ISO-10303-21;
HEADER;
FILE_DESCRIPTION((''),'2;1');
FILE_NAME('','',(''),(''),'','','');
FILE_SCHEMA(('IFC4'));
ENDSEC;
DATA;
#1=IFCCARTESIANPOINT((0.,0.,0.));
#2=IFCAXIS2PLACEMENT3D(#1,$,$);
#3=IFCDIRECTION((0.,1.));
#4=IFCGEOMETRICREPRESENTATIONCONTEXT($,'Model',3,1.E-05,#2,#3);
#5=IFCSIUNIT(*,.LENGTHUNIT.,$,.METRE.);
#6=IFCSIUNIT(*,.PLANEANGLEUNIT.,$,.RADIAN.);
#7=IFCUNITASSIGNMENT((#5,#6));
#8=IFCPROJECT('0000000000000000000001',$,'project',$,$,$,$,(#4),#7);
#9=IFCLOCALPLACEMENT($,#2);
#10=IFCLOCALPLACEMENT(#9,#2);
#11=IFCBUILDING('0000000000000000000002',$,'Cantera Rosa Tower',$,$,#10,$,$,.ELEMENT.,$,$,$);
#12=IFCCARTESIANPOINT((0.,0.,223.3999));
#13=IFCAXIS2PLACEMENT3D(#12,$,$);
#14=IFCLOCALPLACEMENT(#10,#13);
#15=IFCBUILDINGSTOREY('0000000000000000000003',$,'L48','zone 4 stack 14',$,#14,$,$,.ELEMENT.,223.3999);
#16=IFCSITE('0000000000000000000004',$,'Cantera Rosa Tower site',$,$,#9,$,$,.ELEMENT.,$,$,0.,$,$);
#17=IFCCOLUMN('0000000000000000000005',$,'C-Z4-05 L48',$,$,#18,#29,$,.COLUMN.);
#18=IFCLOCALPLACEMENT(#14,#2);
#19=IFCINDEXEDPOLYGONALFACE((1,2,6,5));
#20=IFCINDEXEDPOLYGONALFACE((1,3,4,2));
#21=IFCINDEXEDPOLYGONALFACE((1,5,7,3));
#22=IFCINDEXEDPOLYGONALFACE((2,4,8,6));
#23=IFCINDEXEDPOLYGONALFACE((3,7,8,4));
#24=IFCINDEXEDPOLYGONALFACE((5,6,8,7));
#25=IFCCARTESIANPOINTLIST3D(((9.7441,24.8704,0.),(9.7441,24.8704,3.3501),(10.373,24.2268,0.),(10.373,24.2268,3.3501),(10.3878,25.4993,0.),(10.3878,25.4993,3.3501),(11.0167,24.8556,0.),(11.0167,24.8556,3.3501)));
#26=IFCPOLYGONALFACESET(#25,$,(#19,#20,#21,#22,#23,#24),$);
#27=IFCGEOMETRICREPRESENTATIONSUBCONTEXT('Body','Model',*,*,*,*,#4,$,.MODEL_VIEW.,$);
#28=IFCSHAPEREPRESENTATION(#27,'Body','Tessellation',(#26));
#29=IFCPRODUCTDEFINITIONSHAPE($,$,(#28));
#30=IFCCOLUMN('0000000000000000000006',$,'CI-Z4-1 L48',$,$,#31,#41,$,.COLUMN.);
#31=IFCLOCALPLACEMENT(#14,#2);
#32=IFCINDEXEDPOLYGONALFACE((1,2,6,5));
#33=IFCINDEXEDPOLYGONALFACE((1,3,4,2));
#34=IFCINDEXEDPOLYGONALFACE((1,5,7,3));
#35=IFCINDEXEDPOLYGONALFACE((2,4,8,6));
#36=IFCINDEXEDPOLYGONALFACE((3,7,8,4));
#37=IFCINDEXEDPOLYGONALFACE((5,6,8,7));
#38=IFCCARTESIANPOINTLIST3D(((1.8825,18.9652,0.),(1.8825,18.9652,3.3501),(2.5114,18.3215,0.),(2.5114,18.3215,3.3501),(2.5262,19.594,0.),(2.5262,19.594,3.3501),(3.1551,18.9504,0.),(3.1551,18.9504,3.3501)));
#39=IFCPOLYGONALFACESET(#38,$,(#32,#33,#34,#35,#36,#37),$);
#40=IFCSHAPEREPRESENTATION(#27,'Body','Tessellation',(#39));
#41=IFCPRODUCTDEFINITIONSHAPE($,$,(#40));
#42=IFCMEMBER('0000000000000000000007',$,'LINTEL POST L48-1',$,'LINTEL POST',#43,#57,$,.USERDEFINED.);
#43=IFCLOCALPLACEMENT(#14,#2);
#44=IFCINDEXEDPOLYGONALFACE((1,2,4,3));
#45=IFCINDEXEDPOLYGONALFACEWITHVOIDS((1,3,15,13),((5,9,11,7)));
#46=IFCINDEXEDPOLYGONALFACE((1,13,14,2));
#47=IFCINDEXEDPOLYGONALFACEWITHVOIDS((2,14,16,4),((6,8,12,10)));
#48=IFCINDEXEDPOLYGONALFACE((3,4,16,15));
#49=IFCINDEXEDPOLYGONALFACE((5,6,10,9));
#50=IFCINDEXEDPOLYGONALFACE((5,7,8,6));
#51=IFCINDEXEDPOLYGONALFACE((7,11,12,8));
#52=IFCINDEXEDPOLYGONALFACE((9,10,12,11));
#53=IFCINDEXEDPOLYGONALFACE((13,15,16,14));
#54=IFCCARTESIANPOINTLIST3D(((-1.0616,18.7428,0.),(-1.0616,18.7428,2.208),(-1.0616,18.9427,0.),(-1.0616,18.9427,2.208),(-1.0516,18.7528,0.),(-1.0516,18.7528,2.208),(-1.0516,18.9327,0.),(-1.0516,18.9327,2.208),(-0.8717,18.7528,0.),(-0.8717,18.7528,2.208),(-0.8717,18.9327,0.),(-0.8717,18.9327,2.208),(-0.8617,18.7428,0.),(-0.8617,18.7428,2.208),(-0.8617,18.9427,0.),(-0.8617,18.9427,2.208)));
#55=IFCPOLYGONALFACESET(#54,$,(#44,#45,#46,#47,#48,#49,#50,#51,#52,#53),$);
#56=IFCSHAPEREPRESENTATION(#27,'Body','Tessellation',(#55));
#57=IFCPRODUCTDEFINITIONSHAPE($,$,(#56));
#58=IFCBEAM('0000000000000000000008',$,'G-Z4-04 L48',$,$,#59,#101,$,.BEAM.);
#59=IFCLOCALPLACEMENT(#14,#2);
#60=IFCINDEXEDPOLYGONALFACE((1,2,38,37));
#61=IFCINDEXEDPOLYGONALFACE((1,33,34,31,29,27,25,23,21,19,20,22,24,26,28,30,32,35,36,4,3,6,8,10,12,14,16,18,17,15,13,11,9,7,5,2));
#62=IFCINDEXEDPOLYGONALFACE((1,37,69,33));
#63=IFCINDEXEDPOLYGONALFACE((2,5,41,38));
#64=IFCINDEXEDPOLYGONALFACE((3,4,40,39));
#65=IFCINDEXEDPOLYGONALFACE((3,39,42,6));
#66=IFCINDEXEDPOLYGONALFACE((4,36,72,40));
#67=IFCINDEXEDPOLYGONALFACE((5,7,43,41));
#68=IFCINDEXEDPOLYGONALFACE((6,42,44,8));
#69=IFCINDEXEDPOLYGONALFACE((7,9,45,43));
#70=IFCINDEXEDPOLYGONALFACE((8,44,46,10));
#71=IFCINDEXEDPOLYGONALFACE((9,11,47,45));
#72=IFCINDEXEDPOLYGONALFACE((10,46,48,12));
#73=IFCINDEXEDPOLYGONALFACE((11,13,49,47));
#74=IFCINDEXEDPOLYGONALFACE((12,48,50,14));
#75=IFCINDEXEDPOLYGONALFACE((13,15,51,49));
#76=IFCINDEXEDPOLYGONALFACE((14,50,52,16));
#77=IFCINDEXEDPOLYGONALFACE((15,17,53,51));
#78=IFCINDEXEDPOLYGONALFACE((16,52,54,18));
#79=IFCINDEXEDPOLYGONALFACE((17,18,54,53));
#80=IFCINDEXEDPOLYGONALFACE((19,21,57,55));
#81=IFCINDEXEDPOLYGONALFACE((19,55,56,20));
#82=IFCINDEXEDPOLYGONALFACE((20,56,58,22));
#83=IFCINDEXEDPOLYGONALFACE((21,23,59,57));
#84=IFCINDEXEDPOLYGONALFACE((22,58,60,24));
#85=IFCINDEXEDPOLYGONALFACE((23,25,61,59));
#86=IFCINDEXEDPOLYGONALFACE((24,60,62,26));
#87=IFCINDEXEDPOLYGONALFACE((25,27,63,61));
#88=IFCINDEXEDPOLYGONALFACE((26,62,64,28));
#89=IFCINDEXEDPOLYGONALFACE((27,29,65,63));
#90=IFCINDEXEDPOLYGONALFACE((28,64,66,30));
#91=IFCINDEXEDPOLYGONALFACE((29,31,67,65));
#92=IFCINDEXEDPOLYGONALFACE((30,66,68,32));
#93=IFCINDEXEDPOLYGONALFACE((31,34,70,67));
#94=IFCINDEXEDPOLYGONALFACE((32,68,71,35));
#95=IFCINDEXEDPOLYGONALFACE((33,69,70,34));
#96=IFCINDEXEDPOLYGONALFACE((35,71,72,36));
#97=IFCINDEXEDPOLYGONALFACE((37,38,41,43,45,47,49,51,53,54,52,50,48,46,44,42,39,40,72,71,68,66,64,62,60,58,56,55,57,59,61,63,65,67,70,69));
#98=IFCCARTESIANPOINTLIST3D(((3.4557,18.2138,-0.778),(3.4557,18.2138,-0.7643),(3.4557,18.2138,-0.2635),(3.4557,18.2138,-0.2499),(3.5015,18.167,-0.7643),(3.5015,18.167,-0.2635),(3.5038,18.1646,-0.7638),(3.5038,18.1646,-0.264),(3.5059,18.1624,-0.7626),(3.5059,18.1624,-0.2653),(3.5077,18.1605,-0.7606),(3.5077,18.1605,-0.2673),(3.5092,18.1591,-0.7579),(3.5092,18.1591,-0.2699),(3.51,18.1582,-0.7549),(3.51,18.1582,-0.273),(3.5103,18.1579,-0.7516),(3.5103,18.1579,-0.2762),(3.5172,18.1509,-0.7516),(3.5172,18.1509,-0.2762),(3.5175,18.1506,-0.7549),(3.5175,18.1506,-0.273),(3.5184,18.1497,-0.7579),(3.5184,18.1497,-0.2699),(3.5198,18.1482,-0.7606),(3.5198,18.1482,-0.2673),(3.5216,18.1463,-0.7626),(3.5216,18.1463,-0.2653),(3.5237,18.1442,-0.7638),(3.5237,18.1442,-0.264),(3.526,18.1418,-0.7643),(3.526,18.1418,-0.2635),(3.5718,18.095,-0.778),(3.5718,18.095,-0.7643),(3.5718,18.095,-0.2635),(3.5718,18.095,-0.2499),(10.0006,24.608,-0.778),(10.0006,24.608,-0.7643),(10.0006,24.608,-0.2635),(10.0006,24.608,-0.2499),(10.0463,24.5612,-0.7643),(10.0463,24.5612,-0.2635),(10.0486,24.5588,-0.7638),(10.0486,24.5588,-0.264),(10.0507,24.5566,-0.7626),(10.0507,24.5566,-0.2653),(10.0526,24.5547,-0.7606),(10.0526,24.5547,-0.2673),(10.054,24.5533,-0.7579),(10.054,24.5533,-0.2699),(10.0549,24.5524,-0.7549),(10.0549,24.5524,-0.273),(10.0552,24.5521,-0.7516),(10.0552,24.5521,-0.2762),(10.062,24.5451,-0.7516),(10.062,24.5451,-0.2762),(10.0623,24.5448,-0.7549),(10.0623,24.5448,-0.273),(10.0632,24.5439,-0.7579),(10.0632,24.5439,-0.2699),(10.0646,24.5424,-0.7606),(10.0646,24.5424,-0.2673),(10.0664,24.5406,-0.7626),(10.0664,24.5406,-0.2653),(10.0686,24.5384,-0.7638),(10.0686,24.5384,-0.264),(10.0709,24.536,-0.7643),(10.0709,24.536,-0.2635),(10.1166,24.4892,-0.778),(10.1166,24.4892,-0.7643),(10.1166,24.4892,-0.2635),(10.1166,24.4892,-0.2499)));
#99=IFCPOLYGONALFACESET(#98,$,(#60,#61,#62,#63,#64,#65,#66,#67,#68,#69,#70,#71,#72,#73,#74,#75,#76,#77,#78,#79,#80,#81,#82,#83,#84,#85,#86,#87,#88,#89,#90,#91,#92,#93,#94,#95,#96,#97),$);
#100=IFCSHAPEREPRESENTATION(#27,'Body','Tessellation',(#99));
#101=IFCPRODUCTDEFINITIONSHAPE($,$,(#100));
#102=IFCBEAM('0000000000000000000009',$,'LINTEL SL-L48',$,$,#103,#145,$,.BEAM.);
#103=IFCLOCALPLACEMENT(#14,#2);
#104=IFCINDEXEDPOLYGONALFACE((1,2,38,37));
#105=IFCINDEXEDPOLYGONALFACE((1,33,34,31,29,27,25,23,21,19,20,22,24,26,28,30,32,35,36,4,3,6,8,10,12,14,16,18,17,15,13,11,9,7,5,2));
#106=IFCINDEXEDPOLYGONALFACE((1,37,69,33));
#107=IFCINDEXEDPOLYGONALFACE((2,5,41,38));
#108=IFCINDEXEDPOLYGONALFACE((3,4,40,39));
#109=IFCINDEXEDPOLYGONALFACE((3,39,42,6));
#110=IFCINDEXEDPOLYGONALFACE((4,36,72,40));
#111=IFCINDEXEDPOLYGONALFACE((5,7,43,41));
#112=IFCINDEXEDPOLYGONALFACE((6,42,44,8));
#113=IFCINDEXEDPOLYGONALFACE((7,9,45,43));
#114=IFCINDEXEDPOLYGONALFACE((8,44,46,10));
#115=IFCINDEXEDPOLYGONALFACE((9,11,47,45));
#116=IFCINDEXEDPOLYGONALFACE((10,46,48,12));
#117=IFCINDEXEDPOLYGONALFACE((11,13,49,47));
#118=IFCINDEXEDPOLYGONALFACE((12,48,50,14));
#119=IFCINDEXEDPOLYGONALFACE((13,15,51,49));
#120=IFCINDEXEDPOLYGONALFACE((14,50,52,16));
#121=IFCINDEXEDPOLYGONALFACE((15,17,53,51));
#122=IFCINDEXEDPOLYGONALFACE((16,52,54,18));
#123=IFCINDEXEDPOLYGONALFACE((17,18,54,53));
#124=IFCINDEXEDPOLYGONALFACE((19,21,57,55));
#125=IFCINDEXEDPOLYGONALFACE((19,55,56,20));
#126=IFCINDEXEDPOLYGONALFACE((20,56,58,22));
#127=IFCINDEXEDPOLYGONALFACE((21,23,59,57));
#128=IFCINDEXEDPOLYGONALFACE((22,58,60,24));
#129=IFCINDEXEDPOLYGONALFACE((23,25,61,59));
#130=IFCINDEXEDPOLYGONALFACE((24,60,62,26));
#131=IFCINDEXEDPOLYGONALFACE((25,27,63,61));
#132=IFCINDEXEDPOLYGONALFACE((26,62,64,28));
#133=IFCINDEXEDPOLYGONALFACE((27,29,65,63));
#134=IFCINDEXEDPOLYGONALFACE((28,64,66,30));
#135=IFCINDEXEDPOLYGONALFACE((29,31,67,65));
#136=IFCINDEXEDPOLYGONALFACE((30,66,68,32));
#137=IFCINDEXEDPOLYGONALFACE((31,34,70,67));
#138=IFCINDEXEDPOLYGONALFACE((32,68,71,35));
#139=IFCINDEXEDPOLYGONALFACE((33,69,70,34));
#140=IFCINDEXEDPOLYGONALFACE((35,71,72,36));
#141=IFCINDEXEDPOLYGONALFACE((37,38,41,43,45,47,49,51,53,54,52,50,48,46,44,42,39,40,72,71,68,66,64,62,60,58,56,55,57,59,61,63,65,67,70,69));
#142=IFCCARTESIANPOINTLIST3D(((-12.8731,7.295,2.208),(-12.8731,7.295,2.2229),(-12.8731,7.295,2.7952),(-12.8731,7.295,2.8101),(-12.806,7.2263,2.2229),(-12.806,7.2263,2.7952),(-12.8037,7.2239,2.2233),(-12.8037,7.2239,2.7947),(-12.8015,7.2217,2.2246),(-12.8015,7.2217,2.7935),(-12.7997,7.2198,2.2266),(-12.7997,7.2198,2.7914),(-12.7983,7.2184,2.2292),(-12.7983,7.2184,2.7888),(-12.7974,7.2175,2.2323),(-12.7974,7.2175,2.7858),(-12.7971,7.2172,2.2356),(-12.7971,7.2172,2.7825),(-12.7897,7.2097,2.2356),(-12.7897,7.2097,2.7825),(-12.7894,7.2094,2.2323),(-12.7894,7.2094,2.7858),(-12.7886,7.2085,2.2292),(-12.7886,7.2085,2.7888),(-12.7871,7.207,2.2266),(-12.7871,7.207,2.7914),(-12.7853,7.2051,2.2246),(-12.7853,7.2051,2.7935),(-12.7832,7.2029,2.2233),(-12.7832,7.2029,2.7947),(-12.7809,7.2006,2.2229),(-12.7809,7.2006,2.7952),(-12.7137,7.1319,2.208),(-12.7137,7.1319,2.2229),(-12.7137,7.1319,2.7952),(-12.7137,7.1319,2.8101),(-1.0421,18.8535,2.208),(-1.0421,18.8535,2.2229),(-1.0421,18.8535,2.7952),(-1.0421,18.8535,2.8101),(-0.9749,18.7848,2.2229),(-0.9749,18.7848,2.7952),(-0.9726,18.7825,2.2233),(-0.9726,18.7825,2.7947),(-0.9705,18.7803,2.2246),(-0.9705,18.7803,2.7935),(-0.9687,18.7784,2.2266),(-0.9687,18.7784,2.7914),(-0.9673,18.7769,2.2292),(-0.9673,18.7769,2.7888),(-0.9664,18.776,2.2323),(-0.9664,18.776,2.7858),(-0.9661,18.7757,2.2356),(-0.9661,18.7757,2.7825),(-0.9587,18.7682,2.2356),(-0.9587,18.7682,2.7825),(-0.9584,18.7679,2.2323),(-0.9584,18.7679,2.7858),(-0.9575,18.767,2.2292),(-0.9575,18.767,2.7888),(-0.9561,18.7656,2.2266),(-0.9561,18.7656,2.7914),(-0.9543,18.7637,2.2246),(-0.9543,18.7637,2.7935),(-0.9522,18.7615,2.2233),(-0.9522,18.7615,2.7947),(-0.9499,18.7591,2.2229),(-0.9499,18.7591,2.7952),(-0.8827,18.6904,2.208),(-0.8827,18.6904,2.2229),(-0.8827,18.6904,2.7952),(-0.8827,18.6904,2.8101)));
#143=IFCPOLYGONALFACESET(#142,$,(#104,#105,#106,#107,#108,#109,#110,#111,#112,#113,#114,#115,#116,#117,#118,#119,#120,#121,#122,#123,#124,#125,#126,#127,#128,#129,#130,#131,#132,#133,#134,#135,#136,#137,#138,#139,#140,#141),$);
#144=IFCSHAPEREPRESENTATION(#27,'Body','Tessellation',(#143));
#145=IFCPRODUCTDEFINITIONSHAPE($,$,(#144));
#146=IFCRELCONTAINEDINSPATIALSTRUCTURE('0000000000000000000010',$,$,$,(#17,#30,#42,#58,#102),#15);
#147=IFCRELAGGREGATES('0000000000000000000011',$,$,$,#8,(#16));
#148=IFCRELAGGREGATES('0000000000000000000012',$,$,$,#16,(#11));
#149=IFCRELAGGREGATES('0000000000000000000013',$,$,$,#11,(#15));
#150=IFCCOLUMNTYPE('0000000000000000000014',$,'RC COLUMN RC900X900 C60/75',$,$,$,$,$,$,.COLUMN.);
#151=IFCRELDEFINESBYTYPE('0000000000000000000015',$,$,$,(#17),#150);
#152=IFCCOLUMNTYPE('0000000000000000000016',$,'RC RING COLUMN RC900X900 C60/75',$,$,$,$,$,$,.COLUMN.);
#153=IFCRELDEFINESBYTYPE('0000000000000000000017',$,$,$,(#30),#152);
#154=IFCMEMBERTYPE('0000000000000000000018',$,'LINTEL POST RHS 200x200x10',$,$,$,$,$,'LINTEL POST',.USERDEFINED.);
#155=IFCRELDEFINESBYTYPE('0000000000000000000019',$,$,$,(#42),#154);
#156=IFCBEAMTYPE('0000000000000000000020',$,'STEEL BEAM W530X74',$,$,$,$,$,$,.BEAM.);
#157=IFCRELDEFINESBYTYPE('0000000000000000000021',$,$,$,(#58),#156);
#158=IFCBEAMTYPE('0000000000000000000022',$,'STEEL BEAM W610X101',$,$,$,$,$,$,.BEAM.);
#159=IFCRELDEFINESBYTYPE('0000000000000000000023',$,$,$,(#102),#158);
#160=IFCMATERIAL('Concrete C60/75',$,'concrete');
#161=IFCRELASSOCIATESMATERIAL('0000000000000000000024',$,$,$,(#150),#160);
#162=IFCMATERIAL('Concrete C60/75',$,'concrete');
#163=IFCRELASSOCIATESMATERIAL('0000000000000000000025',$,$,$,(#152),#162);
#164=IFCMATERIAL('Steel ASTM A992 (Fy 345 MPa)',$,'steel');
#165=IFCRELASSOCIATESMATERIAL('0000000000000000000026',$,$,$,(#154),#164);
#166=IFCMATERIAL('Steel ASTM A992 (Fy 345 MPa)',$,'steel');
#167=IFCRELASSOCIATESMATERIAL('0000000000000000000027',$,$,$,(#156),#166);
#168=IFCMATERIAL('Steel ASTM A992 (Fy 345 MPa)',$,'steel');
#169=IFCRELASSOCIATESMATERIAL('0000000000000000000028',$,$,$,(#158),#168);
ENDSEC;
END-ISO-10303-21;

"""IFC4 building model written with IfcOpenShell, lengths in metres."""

from ifc_helpers import new_model, si_unit, direction, frame, origin, origin_2d, place, context, subcontext, project, spatial, rectangle, hollow_rectangle, i_section, extrude, material, material_profile, profile_set, type_object, element, save


model = new_model("IFC4")

# Units and contexts
model_context = context("Model", 3, precision=1e-05, world=origin(), true_north=direction((0.0, 1.0)))
body_context = subcontext(model_context, "Body", "Model", "MODEL_VIEW")
ifc_project = project(units=[si_unit("LENGTHUNIT", "METRE"), si_unit("PLANEANGLEUNIT", "RADIAN")], contexts=[model_context])

# Site, building, storey
site_placement = place(None, origin())
site = spatial("IfcSite", under=ifc_project, at=site_placement, Name="Cantera Rosa Tower site", CompositionType="ELEMENT", RefElevation=0.0)
building_placement = place(site_placement, origin())
building = spatial("IfcBuilding", under=site, at=building_placement, Name="Cantera Rosa Tower", CompositionType="ELEMENT")
storey_placement = place(building_placement, frame((0.0, 0.0, 223.3999)))
storey = spatial("IfcBuildingStorey", under=building, at=storey_placement, Name="L48", Description="zone 4 stack 14", CompositionType="ELEMENT", Elevation=223.3999)

# Columns
ifc_material_1 = material(Name="Concrete C60/75", Category="concrete")
ifc_material_profile_1 = material_profile(ifc_material_1, rectangle(XDim=0.8999, YDim=0.8999, at=origin_2d()), Name="RC COLUMN RC900X900 C60/75")
ifc_profile_set_1 = profile_set([ifc_material_profile_1], Name="Concrete C60/75")
column_type_1 = type_object("IfcColumnType", Name="RC COLUMN RC900X900 C60/75", PredefinedType="COLUMN", material=ifc_profile_set_1)
column_1_placement = place(storey_placement, frame((10.3804, 24.863, 0.0), z_axis=(0.0, 0.0, 1.0), x_axis=(0.715286, 0.698832, 0.0)))
element("IfcColumn", 1, at=column_1_placement, inside=storey, type_object=column_type_1, Name="C-Z4-05 L48", PredefinedType="COLUMN", context=body_context, shape_type="SweptSolid", body=[
    extrude(rectangle(XDim=0.8999, YDim=0.8999, at=origin_2d()), origin(), (0.0, 0.0, 1.0), 3.3501),
])
ifc_material_2 = material(Name="Concrete C60/75", Category="concrete")
ifc_material_profile_2 = material_profile(ifc_material_2, rectangle(XDim=0.8999, YDim=0.8999, at=origin_2d()), Name="RC RING COLUMN RC900X900 C60/75")
ifc_profile_set_2 = profile_set([ifc_material_profile_2], Name="Concrete C60/75")
column_type_2 = type_object("IfcColumnType", Name="RC RING COLUMN RC900X900 C60/75", PredefinedType="COLUMN", material=ifc_profile_set_2)
column_2_placement = place(storey_placement, frame((2.5188, 18.9578, 0.0), z_axis=(0.0, 0.0, 1.0), x_axis=(0.715286, 0.698832, 0.0)))
element("IfcColumn", 2, at=column_2_placement, inside=storey, type_object=column_type_2, Name="CI-Z4-1 L48", PredefinedType="COLUMN", context=body_context, shape_type="SweptSolid", body=[
    extrude(rectangle(XDim=0.8999, YDim=0.8999, at=origin_2d()), origin(), (0.0, 0.0, 1.0), 3.3501),
])

# Member
ifc_material_3 = material(Name="Steel ASTM A992 (Fy 345 MPa)", Category="steel")
ifc_material_profile_3 = material_profile(ifc_material_3, hollow_rectangle(XDim=0.2, YDim=0.2, WallThickness=0.01, at=origin_2d()), Name="LINTEL POST RHS 200x200x10")
ifc_profile_set_3 = profile_set([ifc_material_profile_3], Name="Steel ASTM A992 (Fy 345 MPa)")
member_type = type_object("IfcMemberType", Name="LINTEL POST RHS 200x200x10", ElementType="LINTEL POST", PredefinedType="USERDEFINED", material=ifc_profile_set_3)
member_placement = place(storey_placement, frame((-0.9617, 18.8428, 0.0), z_axis=(0.0, 0.0, 1.0), x_axis=(1.0, 0.0, 0.0)))
element("IfcMember", 3, at=member_placement, inside=storey, type_object=member_type, Name="LINTEL POST L48-1", ObjectType="LINTEL POST", PredefinedType="USERDEFINED", context=body_context, shape_type="SweptSolid", body=[
    extrude(hollow_rectangle(XDim=0.2, YDim=0.2, WallThickness=0.01, at=origin_2d()), origin(), (0.0, 0.0, 1.0), 2.208),
])

# Beams
ifc_material_4 = material(Name="Steel ASTM A992 (Fy 345 MPa)", Category="steel")
ifc_material_profile_4 = material_profile(ifc_material_4, i_section(OverallWidth=0.166, OverallDepth=0.5281, WebThickness=0.0098, FlangeThickness=0.0137, FilletRadius=0.0127, at=origin_2d()), Name="W530X74")
ifc_profile_set_4 = profile_set([ifc_material_profile_4], Name="Steel ASTM A992 (Fy 345 MPa)")
beam_type_1 = type_object("IfcBeamType", Name="STEEL BEAM W530X74", PredefinedType="BEAM", material=ifc_profile_set_4)
beam_1_placement = place(storey_placement, frame((10.0586, 24.5486, -0.5139), z_axis=(-0.71529, -0.698827, 0.0), x_axis=(0.698827, -0.71529, 0.0)))
element("IfcBeam", 4, at=beam_1_placement, inside=storey, type_object=beam_type_1, Name="G-Z4-04 L48", PredefinedType="BEAM", context=body_context, shape_type="SweptSolid", body=[
    extrude(i_section(OverallWidth=0.166, OverallDepth=0.5281, WebThickness=0.0098, FlangeThickness=0.0137, FilletRadius=0.0127, at=origin_2d()), origin(), (0.0, 0.0, 1.0), 9.1499),
])
ifc_material_5 = material(Name="Steel ASTM A992 (Fy 345 MPa)", Category="steel")
ifc_material_profile_5 = material_profile(ifc_material_5, i_section(OverallWidth=0.228, OverallDepth=0.6021, WebThickness=0.0105, FlangeThickness=0.0149, FilletRadius=0.0127, at=origin_2d()), Name="W610X101")
ifc_profile_set_5 = profile_set([ifc_material_profile_5], Name="Steel ASTM A992 (Fy 345 MPa)")
beam_type_2 = type_object("IfcBeamType", Name="STEEL BEAM W610X101", PredefinedType="BEAM", material=ifc_profile_set_5)
beam_2_placement = place(storey_placement, frame((-0.9624, 18.772, 2.509), z_axis=(-0.715295, -0.698822, 0.0), x_axis=(0.698822, -0.715295, 0.0)))
element("IfcBeam", 5, at=beam_2_placement, inside=storey, type_object=beam_type_2, Name="LINTEL SL-L48", PredefinedType="BEAM", context=body_context, shape_type="SweptSolid", body=[
    extrude(i_section(OverallWidth=0.228, OverallDepth=0.6021, WebThickness=0.0105, FlangeThickness=0.0149, FilletRadius=0.0127, at=origin_2d()), origin(), (0.0, 0.0, 1.0), 16.54),
])

save(model, "model.ifc")
